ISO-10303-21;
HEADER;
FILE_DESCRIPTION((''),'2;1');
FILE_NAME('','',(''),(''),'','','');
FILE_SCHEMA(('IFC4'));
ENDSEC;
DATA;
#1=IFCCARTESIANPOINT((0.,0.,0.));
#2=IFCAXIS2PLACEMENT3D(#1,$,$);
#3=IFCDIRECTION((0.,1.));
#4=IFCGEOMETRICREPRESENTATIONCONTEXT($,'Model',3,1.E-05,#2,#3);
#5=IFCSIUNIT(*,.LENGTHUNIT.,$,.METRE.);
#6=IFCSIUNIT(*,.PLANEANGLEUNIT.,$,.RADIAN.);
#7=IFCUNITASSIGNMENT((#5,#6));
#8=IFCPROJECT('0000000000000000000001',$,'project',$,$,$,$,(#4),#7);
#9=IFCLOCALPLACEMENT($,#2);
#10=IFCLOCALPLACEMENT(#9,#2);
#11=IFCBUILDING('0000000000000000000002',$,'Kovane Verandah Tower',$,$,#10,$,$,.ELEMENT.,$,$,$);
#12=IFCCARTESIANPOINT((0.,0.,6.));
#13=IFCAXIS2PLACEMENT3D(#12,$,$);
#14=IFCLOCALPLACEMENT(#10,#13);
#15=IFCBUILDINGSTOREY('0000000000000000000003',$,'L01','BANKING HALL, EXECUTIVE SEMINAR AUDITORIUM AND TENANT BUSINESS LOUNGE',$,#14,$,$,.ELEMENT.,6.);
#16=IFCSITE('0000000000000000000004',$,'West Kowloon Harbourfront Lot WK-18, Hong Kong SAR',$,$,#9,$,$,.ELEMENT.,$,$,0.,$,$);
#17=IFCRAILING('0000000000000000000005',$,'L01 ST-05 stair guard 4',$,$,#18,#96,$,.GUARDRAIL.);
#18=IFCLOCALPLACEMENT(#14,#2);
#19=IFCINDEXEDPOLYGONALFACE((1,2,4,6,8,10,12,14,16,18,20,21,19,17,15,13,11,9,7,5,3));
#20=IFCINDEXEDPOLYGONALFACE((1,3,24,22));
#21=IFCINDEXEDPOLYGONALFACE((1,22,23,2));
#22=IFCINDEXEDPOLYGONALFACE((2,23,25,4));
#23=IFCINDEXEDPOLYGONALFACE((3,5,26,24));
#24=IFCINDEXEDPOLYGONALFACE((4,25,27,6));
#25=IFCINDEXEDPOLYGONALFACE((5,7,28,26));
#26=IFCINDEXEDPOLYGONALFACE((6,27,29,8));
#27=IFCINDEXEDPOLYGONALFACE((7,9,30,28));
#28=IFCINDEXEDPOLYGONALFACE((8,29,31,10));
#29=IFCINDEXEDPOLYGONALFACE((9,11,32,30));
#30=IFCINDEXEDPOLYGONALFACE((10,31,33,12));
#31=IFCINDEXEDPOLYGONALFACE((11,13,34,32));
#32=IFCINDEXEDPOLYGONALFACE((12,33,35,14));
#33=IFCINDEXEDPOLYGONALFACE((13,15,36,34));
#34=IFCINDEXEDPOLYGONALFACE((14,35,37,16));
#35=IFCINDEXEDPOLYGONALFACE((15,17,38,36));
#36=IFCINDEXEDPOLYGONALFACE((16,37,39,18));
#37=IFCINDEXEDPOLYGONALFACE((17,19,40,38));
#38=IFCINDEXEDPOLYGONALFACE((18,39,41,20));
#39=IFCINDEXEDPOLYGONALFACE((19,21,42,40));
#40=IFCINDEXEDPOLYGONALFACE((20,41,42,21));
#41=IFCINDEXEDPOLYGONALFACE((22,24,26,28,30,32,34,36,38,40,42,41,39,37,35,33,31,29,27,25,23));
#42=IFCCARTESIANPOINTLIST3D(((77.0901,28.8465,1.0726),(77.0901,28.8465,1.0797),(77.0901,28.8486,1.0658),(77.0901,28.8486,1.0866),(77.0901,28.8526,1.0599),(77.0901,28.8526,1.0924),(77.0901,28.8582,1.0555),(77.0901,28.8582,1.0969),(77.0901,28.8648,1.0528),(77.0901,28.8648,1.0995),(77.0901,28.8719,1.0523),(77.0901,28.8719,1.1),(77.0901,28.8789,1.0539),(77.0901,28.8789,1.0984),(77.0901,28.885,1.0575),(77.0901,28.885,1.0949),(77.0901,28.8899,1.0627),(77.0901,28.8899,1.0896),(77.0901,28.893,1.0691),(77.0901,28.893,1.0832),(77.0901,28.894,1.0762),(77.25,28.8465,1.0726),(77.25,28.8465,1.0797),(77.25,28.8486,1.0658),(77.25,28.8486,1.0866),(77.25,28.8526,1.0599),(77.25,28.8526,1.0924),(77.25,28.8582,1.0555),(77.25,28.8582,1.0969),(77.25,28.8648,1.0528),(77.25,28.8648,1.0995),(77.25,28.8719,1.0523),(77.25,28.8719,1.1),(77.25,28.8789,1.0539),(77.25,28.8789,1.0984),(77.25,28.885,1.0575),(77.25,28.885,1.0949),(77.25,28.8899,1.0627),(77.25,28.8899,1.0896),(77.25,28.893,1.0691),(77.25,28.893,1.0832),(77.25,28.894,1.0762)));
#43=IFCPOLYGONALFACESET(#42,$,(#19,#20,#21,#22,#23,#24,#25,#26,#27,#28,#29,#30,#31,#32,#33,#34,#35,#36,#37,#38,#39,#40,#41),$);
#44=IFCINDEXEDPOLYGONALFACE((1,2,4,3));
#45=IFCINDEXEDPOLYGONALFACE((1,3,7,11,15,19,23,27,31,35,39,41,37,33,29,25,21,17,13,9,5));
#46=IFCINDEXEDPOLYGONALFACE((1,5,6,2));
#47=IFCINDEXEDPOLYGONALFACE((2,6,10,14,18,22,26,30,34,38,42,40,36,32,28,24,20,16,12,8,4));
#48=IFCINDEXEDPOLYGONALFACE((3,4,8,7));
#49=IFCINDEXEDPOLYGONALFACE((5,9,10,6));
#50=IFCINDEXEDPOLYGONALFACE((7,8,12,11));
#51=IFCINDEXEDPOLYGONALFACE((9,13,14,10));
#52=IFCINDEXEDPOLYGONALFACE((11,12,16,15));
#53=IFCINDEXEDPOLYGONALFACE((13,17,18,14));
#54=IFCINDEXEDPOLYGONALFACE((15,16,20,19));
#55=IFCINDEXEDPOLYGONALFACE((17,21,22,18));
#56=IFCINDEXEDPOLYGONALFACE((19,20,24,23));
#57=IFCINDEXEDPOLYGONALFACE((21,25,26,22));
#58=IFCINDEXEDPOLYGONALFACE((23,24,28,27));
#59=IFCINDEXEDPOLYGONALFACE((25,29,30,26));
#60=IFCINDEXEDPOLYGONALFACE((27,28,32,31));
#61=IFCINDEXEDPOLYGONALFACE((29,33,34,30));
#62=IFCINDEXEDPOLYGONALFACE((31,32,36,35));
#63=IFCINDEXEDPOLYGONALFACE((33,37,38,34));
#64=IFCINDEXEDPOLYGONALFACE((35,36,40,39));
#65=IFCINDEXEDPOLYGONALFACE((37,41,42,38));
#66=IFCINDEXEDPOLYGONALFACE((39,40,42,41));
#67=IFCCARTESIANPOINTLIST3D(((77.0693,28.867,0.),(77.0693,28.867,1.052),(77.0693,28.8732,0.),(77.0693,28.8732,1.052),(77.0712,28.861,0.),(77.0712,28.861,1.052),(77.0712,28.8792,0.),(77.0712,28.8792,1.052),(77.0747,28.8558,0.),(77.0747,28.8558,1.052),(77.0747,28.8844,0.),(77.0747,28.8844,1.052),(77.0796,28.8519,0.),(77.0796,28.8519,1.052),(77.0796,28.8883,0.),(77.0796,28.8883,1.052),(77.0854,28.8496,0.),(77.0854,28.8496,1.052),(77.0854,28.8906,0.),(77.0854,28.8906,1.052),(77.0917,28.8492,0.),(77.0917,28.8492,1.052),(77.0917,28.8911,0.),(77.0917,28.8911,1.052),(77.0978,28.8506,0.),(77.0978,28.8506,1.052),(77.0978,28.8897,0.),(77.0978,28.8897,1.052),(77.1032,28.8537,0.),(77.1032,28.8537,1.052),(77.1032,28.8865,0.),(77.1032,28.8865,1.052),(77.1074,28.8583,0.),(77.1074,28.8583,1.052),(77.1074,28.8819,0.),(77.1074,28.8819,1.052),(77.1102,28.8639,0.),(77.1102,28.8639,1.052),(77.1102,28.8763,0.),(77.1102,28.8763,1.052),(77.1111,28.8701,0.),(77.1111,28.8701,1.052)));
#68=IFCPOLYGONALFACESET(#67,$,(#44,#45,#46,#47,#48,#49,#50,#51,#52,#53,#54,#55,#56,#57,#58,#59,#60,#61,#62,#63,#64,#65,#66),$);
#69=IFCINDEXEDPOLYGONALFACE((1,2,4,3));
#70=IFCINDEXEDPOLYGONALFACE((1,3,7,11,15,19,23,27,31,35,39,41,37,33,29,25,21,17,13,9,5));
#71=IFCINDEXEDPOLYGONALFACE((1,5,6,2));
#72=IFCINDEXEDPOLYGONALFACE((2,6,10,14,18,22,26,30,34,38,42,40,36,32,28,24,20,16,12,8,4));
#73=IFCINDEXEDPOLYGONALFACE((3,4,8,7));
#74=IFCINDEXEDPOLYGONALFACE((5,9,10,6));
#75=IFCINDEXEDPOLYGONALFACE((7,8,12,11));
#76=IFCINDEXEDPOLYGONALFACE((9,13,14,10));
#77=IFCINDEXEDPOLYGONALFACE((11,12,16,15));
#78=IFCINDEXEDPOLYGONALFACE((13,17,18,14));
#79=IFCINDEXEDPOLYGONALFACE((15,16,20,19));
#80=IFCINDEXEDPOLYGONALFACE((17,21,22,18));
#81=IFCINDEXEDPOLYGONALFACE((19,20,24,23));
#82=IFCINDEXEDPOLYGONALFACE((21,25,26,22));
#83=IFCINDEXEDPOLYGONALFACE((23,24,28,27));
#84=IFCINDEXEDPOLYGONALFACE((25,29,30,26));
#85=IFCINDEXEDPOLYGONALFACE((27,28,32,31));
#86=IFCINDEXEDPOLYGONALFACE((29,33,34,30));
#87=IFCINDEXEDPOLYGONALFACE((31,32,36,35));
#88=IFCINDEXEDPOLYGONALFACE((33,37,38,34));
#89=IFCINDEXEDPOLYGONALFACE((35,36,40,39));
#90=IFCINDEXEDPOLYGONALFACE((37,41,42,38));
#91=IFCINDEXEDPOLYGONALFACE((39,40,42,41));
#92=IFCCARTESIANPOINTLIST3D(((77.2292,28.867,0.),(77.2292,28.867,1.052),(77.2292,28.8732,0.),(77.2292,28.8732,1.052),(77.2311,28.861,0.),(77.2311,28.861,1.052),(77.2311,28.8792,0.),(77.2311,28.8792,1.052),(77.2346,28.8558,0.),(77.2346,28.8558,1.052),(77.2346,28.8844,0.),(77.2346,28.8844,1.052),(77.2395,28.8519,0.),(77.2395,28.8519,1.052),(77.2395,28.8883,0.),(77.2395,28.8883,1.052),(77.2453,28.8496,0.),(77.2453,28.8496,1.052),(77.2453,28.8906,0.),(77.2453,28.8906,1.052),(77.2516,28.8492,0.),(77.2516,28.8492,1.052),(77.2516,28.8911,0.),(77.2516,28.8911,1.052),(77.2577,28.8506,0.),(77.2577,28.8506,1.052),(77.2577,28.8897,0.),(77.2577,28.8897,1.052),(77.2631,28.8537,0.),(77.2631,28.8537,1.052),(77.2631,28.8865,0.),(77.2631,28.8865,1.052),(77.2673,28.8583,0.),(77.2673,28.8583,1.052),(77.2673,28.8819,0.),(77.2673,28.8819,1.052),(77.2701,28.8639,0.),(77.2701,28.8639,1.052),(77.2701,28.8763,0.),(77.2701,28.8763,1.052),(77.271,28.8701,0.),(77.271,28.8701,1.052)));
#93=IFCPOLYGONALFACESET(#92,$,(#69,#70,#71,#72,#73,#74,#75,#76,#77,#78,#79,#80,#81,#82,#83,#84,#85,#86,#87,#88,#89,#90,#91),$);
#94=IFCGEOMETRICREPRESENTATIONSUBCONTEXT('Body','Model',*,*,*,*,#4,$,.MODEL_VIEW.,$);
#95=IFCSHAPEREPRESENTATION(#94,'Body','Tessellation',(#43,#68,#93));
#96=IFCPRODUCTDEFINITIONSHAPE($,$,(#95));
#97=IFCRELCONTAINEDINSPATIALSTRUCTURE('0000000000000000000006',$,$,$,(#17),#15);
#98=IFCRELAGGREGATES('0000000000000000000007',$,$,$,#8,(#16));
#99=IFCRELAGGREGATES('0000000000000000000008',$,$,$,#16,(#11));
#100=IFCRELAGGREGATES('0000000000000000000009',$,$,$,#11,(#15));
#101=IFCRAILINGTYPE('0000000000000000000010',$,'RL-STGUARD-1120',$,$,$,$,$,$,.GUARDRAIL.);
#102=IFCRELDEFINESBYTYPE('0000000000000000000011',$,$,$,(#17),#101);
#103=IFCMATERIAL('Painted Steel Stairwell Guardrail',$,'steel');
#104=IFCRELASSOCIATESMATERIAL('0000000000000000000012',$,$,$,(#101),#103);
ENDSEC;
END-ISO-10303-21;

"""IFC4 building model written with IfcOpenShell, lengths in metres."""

from ifc_helpers import new_model, si_unit, direction, frame, origin, origin_2d, place, context, subcontext, project, spatial, circle, extrude, material, type_object, element, save


model = new_model("IFC4")

# Units and contexts
model_context = context("Model", 3, precision=1e-05, world=origin(), true_north=direction((0.0, 1.0)))
body_context = subcontext(model_context, "Body", "Model", "MODEL_VIEW")
ifc_project = project(units=[si_unit("LENGTHUNIT", "METRE"), si_unit("PLANEANGLEUNIT", "RADIAN")], contexts=[model_context])

# Site, building, storey
site_placement = place(None, origin())
site = spatial("IfcSite", under=ifc_project, at=site_placement, Name="West Kowloon Harbourfront Lot WK-18, Hong Kong SAR", CompositionType="ELEMENT", RefElevation=0.0)
building_placement = place(site_placement, origin())
building = spatial("IfcBuilding", under=site, at=building_placement, Name="Kovane Verandah Tower", CompositionType="ELEMENT")
storey_placement = place(building_placement, frame((0.0, 0.0, 6.0)))
storey = spatial("IfcBuildingStorey", under=building, at=storey_placement, Name="L01", Description="BANKING HALL, EXECUTIVE SEMINAR AUDITORIUM AND TENANT BUSINESS LOUNGE", CompositionType="ELEMENT", Elevation=6.0)

# Railing
ifc_material_1 = material(Name="Painted Steel Stairwell Guardrail", Category="steel")
railing_type = type_object("IfcRailingType", Name="RL-STGUARD-1120", PredefinedType="GUARDRAIL", material=ifc_material_1)
railing_placement = place(storey_placement, frame((77.0901, 28.8701, 0.0)))
element("IfcRailing", 1, at=railing_placement, inside=storey, type_object=railing_type, Name="L01 ST-05 stair guard 4", PredefinedType="GUARDRAIL", context=body_context, shape_type="SweptSolid", body=[
    extrude(circle(Radius=0.0239, at=origin_2d()), frame((0.0, 0.0, 1.0762), z_axis=(1.0, 0.0, 0.0), x_axis=(0.0, 1.0, 0.0)), (0.0, 0.0, 1.0), 0.1599),
    extrude(circle(Radius=0.021, at=origin_2d()), origin(), (0.0, 0.0, 1.0), 1.052),
    extrude(circle(Radius=0.021, at=origin_2d()), frame((0.1599, 0.0, 0.0)), (0.0, 0.0, 1.0), 1.052),
])

save(model, "model.ifc")
